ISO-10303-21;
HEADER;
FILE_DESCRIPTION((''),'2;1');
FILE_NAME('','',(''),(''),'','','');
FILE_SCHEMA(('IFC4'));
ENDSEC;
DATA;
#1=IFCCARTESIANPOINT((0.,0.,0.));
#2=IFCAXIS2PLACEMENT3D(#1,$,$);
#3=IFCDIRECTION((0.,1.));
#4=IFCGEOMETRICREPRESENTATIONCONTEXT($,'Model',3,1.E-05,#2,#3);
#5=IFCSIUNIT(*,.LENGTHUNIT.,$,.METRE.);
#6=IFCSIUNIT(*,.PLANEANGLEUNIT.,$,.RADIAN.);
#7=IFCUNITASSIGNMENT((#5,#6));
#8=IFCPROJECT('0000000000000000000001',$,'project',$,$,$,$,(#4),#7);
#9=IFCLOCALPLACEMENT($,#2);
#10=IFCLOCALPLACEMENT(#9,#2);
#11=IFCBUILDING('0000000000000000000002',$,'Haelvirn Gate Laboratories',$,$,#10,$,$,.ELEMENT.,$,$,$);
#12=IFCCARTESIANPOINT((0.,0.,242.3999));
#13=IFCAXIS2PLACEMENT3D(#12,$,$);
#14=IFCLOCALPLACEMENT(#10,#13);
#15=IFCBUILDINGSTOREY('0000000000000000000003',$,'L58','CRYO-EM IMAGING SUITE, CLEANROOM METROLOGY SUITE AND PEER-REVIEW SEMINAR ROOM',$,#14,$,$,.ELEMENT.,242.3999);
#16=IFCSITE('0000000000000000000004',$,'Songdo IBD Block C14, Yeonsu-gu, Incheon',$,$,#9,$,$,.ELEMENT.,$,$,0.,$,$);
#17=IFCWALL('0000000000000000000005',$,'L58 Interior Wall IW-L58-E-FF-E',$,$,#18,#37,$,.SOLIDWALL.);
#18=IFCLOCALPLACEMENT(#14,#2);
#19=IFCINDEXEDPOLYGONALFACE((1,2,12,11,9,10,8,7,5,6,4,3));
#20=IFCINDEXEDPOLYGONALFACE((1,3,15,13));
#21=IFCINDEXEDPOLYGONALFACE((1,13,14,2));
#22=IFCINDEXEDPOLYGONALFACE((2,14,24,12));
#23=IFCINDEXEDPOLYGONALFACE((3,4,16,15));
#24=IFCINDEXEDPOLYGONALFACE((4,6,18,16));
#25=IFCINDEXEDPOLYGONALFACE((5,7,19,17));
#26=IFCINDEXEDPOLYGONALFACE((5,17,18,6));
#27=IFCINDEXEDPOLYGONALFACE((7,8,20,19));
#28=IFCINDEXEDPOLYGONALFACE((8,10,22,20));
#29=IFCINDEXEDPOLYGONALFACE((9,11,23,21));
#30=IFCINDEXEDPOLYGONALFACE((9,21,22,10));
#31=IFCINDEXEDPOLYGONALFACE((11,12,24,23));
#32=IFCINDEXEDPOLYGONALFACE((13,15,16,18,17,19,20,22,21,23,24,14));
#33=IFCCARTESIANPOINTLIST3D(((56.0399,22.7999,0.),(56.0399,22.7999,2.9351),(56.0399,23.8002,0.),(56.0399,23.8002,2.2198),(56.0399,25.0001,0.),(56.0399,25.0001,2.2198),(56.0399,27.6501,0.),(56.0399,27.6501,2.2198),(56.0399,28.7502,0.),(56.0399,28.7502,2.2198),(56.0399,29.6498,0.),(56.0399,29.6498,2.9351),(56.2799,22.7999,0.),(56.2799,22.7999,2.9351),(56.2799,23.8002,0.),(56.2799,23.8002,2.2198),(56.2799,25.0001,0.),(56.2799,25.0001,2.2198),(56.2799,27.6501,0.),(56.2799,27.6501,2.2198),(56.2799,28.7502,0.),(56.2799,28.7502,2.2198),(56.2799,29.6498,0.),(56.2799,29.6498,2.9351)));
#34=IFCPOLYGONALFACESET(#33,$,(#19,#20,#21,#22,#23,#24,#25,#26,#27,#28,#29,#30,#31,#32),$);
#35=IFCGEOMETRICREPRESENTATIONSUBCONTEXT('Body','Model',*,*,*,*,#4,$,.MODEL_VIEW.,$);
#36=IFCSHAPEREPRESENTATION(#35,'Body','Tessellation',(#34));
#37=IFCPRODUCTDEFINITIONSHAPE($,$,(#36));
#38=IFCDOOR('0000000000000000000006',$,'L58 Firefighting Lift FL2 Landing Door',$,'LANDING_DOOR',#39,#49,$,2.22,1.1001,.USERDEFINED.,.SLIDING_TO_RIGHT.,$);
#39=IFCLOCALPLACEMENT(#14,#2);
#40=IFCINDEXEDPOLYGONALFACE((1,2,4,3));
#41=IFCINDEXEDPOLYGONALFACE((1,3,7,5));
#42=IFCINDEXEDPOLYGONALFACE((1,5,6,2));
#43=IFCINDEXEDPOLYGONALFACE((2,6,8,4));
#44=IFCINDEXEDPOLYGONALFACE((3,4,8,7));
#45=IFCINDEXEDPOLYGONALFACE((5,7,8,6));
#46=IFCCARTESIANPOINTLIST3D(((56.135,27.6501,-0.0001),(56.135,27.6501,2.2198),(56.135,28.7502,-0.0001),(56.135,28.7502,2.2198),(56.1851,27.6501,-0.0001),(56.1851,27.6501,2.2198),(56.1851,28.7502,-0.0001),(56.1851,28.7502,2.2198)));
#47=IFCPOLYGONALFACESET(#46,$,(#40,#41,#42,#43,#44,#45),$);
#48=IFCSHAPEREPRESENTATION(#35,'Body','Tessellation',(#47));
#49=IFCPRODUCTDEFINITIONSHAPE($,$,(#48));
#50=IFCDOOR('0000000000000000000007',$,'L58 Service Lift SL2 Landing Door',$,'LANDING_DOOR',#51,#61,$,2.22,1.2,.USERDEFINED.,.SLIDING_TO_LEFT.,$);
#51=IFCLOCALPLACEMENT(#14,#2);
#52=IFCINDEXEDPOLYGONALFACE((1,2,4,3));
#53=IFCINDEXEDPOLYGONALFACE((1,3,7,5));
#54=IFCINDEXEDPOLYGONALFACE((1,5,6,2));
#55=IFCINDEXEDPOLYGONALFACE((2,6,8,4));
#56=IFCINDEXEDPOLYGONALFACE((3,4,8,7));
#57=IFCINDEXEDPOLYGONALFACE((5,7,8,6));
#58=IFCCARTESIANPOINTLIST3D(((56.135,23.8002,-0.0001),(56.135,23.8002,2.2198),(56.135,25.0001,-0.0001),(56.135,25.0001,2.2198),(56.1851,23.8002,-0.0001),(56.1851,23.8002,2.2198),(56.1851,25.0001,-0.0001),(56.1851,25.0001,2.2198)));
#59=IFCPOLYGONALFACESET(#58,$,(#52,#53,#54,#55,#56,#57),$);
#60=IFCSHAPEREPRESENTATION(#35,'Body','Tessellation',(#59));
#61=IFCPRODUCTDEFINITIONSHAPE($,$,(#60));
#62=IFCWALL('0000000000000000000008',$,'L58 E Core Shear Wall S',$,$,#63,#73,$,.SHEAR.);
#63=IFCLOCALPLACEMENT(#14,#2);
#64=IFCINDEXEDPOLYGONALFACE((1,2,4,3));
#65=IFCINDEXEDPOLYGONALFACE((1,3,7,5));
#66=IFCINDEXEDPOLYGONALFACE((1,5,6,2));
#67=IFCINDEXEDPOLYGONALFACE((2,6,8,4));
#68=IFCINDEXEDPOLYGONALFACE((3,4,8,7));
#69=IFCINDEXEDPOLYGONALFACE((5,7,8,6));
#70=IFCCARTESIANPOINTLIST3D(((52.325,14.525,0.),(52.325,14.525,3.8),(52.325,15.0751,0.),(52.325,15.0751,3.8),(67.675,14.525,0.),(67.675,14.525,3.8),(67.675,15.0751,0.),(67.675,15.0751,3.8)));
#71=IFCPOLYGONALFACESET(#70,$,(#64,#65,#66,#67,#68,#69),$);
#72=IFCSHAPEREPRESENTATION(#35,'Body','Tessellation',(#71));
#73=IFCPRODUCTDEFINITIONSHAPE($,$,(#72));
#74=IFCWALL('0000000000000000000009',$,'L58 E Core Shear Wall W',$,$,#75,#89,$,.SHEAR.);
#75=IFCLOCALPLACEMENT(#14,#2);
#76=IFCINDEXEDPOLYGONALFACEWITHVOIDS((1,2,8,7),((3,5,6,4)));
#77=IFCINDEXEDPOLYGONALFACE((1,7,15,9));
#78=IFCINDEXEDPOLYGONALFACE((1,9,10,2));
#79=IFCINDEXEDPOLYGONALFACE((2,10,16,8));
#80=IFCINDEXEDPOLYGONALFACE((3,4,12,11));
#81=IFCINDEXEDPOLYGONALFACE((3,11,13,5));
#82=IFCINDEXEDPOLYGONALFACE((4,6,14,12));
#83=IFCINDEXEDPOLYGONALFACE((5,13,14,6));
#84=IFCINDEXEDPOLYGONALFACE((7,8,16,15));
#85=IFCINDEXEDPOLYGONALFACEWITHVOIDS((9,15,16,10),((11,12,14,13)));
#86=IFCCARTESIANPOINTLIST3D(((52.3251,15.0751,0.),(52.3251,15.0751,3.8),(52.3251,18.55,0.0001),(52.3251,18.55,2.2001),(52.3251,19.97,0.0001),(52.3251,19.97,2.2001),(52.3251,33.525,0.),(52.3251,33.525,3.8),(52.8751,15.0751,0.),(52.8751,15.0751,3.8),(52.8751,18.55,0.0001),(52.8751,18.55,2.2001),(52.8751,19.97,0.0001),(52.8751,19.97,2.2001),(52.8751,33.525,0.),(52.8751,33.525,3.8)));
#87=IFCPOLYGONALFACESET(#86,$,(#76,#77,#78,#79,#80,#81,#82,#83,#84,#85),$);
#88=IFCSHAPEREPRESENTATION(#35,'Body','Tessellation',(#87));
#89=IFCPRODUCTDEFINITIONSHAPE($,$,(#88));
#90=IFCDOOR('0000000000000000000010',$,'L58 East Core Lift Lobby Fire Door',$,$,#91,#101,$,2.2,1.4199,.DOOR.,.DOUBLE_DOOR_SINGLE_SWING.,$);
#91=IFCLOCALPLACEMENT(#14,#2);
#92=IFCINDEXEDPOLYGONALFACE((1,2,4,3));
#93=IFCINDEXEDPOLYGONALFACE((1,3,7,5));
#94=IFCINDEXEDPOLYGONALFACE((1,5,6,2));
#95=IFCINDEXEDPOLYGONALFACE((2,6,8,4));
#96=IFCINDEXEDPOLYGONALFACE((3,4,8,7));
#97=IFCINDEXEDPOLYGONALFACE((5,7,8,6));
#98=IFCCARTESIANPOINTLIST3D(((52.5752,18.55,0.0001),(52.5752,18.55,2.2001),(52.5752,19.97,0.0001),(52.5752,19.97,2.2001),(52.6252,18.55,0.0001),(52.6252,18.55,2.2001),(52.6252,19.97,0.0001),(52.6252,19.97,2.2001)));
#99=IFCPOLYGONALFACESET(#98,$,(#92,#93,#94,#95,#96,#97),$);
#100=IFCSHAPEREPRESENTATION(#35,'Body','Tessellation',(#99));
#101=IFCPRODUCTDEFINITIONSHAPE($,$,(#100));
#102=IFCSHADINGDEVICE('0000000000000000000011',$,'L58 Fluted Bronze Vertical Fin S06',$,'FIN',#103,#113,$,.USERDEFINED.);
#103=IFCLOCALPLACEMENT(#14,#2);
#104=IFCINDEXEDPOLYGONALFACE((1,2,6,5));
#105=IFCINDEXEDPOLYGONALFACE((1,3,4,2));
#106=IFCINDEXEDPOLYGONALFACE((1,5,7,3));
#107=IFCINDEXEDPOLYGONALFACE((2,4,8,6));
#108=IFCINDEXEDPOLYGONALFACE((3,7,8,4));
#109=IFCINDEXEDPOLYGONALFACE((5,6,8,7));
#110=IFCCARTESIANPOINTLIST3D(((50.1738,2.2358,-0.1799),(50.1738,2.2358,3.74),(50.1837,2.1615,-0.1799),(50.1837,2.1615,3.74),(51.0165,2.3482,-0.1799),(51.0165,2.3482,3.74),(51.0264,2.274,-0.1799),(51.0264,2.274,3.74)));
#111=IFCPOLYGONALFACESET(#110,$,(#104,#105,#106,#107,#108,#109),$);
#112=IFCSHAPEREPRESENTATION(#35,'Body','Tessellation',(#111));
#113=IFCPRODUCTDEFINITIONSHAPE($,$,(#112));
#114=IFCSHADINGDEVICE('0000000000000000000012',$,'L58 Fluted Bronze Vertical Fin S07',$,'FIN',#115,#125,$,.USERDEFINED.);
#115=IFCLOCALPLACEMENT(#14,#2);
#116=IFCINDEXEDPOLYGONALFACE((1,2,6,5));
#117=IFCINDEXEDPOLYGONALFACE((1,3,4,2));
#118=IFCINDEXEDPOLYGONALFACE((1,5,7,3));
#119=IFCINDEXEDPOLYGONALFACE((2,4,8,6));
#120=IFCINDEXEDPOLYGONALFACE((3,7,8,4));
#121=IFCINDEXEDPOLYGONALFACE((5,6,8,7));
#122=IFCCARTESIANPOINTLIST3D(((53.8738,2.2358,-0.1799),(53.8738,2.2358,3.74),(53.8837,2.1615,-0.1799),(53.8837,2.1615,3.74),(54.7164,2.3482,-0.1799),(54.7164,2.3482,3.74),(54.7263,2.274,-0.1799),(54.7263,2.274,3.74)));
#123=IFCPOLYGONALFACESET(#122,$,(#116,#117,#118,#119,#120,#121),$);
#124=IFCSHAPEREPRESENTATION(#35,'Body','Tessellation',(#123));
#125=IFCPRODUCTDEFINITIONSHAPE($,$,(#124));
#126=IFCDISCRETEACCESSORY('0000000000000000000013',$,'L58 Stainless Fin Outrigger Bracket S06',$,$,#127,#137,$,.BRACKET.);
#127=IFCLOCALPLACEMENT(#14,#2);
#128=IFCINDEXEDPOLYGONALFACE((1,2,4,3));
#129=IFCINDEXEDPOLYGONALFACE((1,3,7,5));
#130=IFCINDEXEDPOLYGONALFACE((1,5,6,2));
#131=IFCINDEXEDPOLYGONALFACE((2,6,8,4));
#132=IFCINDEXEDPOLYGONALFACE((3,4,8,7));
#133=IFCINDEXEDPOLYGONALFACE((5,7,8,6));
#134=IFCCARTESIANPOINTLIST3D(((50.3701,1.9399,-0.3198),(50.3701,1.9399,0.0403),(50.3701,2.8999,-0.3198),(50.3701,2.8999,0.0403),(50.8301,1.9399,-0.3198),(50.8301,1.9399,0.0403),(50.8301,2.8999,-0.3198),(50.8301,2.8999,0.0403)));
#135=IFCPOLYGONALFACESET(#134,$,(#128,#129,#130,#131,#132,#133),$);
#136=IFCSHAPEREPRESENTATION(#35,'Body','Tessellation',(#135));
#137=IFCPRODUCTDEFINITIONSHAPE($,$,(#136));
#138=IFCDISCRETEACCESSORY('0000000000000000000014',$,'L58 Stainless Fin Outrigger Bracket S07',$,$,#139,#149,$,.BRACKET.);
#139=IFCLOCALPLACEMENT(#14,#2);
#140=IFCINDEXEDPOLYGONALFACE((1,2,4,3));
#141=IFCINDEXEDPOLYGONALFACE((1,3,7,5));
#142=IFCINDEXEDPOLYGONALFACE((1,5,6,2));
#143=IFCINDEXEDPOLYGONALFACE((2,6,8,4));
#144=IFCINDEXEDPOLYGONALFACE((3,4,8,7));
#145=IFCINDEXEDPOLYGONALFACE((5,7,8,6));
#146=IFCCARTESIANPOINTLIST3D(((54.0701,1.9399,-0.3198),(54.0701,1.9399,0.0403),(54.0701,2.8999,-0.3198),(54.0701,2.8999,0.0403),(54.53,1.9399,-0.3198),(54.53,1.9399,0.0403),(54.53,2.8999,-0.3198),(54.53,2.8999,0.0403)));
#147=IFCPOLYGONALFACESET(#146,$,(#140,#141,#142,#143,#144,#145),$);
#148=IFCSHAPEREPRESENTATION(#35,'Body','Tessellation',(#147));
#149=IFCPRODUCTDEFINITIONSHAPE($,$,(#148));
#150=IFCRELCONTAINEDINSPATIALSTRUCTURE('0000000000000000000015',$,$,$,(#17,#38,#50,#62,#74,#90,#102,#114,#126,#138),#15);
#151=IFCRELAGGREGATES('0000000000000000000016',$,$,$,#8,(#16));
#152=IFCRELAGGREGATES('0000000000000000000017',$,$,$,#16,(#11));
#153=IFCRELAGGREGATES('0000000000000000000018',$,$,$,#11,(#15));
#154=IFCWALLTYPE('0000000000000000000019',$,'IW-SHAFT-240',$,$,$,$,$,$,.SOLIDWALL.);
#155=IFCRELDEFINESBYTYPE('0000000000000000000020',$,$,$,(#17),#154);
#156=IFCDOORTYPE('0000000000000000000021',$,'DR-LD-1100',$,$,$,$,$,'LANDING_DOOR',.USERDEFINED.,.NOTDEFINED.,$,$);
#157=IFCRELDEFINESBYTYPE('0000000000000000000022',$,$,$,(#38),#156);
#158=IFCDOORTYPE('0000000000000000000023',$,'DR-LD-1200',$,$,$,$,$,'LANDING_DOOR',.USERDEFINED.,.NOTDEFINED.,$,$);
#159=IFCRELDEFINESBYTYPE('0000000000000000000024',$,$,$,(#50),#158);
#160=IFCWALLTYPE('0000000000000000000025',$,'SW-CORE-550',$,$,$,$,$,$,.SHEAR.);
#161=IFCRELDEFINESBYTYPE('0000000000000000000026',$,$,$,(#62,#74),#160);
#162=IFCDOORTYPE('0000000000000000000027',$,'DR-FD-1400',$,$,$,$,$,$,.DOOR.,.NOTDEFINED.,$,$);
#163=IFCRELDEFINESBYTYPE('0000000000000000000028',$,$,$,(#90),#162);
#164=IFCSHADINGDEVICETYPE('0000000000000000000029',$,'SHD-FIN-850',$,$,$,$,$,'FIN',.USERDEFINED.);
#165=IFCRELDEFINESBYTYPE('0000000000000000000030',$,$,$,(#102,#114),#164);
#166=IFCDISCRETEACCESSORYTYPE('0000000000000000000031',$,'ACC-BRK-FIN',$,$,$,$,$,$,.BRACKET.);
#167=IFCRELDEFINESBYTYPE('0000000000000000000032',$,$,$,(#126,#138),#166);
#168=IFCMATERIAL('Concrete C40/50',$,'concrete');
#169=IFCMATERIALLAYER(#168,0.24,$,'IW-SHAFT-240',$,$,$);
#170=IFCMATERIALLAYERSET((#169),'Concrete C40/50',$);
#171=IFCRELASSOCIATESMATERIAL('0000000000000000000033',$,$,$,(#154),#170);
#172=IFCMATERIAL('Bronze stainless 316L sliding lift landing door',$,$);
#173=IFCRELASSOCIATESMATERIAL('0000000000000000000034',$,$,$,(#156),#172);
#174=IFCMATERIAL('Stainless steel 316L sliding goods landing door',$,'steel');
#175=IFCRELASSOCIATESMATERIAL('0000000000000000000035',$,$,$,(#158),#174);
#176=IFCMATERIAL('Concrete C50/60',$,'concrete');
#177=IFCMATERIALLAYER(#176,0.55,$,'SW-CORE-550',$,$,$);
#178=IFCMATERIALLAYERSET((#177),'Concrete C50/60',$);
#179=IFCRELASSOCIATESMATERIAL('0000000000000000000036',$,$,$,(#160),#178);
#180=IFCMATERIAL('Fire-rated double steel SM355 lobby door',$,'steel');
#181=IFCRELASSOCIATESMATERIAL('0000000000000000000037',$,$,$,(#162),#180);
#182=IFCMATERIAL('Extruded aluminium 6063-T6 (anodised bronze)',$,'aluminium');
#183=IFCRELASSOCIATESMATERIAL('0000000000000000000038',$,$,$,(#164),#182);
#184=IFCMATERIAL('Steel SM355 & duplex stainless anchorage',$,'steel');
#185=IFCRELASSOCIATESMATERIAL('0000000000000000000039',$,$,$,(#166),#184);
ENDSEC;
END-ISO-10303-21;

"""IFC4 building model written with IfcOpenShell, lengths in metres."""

from ifc_helpers import new_model, si_unit, direction, frame, frame_2d, origin, origin_2d, place, context, subcontext, project, spatial, rectangle, extrude, source, transform, mapped, material, layer, layer_set, material_profile, profile_set, type_object, type_shapes, element, fill, save


model = new_model("IFC4")

# Units and contexts
model_context = context("Model", 3, precision=1e-05, world=origin(), true_north=direction((0.0, 1.0)))
body_context = subcontext(model_context, "Body", "Model", "MODEL_VIEW")
ifc_project = project(units=[si_unit("LENGTHUNIT", "METRE"), si_unit("PLANEANGLEUNIT", "RADIAN")], contexts=[model_context])

# Site, building, storey
site_placement = place(None, origin())
site = spatial("IfcSite", under=ifc_project, at=site_placement, Name="Songdo IBD Block C14, Yeonsu-gu, Incheon", CompositionType="ELEMENT", RefElevation=0.0)
building_placement = place(site_placement, origin())
building = spatial("IfcBuilding", under=site, at=building_placement, Name="Haelvirn Gate Laboratories", CompositionType="ELEMENT")
storey_placement = place(building_placement, frame((0.0, 0.0, 242.3999)))
storey = spatial("IfcBuildingStorey", under=building, at=storey_placement, Name="L58", Description="CRYO-EM IMAGING SUITE, CLEANROOM METROLOGY SUITE AND PEER-REVIEW SEMINAR ROOM", CompositionType="ELEMENT", Elevation=242.3999)

# Shared definitions
ifc_material_1 = material(Name="Extruded aluminium 6063-T6 (anodised bronze)", Category="aluminium")

# Shared definitions
ifc_material_2 = material(Name="Concrete C40/50", Category="concrete")

# Wall, openings, doors
ifc_layer_1 = layer(ifc_material_2, 0.24, Name="IW-SHAFT-240")
ifc_layer_set_1 = layer_set([ifc_layer_1], Name="Concrete C40/50")
wall_type_1 = type_object("IfcWallType", Name="IW-SHAFT-240", PredefinedType="SOLIDWALL", material=ifc_layer_set_1)
wall_1_placement = place(storey_placement, frame((56.1599, 22.8, 0.0), z_axis=(0.0, 0.0, 1.0), x_axis=(0.0, 1.0, 0.0)))
wall_1 = element("IfcWall", 1, at=wall_1_placement, inside=storey, type_object=wall_type_1, Name="L58 Interior Wall IW-L58-E-FF-E", PredefinedType="SOLIDWALL", context=body_context, shape_type="SweptSolid", body=[
    extrude(rectangle(XDim=6.8499, YDim=0.24, at=frame_2d((3.4248, 0.0))), origin(), (0.0, 0.0, 1.0), 2.9351),
])
opening_1_placement = place(wall_1_placement, frame((4.8501, 0.0, 0.0)))
opening_1 = element("IfcOpeningElement", 2, at=opening_1_placement, cuts=wall_1, PredefinedType="OPENING", context=body_context, shape_type="SweptSolid", body=[
    extrude(rectangle(XDim=1.1001, YDim=2.22, at=frame_2d((0.55, 1.1099))), frame((0.0, 0.1299, 0.0), z_axis=(0.0, -1.0, 0.0), x_axis=(1.0, 0.0, 0.0)), (0.0, 0.0, 1.0), 0.26),
])
opening_2_placement = place(wall_1_placement, frame((1.0, 0.0, 0.0)))
opening_2 = element("IfcOpeningElement", 3, at=opening_2_placement, cuts=wall_1, PredefinedType="OPENING", context=body_context, shape_type="SweptSolid", body=[
    extrude(rectangle(XDim=1.2, YDim=2.22, at=frame_2d((0.6001, 1.1099))), frame((0.0, 0.1299, 0.0), z_axis=(0.0, -1.0, 0.0), x_axis=(1.0, 0.0, 0.0)), (0.0, 0.0, 1.0), 0.26),
])
ifc_material_3 = material(Name="Bronze stainless 316L sliding lift landing door")
door_type_1 = type_object("IfcDoorType", Name="DR-LD-1100", ElementType="LANDING_DOOR", OperationType="NOTDEFINED", PredefinedType="USERDEFINED", material=ifc_material_3)
shared_shape_1 = source(origin(), body_context, "Body", "SweptSolid", [
    extrude(rectangle(XDim=1.1001, YDim=2.22, at=frame_2d((0.55, 1.1099))), frame((0.0, 0.0249, 0.0), z_axis=(0.0, -1.0, 0.0), x_axis=(1.0, 0.0, 0.0)), (0.0, 0.0, 1.0), 0.05),
])
type_shapes(door_type_1, [shared_shape_1])
door_1_placement = place(opening_1_placement, origin())
door_1 = element("IfcDoor", 4, at=door_1_placement, inside=storey, type_object=door_type_1, Name="L58 Firefighting Lift FL2 Landing Door", ObjectType="LANDING_DOOR", OperationType="SLIDING_TO_RIGHT", OverallHeight=2.22, OverallWidth=1.1001, PredefinedType="USERDEFINED", context=body_context, shape_type="MappedRepresentation", body=[
    mapped(shared_shape_1, transform((0.0, 0.0, 0.0), scale=1.0)),
])
fill(opening_1, door_1)
ifc_material_4 = material(Name="Stainless steel 316L sliding goods landing door", Category="steel")
door_type_2 = type_object("IfcDoorType", Name="DR-LD-1200", ElementType="LANDING_DOOR", OperationType="NOTDEFINED", PredefinedType="USERDEFINED", material=ifc_material_4)
shared_shape_2 = source(origin(), body_context, "Body", "SweptSolid", [
    extrude(rectangle(XDim=1.2, YDim=2.22, at=frame_2d((0.6001, 1.1099))), frame((0.0, 0.0249, 0.0), z_axis=(0.0, -1.0, 0.0), x_axis=(1.0, 0.0, 0.0)), (0.0, 0.0, 1.0), 0.05),
])
type_shapes(door_type_2, [shared_shape_2])
door_2_placement = place(opening_2_placement, origin())
door_2 = element("IfcDoor", 5, at=door_2_placement, inside=storey, type_object=door_type_2, Name="L58 Service Lift SL2 Landing Door", ObjectType="LANDING_DOOR", OperationType="SLIDING_TO_LEFT", OverallHeight=2.22, OverallWidth=1.2, PredefinedType="USERDEFINED", context=body_context, shape_type="MappedRepresentation", body=[
    mapped(shared_shape_2, transform((0.0, 0.0, 0.0), scale=1.0)),
])
fill(opening_2, door_2)

# Wall
ifc_material_5 = material(Name="Concrete C50/60", Category="concrete")
ifc_layer_2 = layer(ifc_material_5, 0.55, Name="SW-CORE-550")
ifc_layer_set_2 = layer_set([ifc_layer_2], Name="Concrete C50/60")
wall_type_2 = type_object("IfcWallType", Name="SW-CORE-550", PredefinedType="SHEAR", material=ifc_layer_set_2)
wall_2_placement = place(storey_placement, frame((52.325, 14.8, 0.0), z_axis=(0.0, 0.0, 1.0), x_axis=(1.0, 0.0, 0.0)))
element("IfcWall", 6, at=wall_2_placement, inside=storey, type_object=wall_type_2, Name="L58 E Core Shear Wall S", PredefinedType="SHEAR", context=body_context, shape_type="SweptSolid", body=[
    extrude(rectangle(XDim=15.3501, YDim=0.55, at=frame_2d((7.675, 0.0))), origin(), (0.0, 0.0, 1.0), 3.8),
])

# Wall, opening, door
wall_3_placement = place(storey_placement, frame((52.6001, 15.075, 0.0), z_axis=(0.0, 0.0, 1.0), x_axis=(0.0, 1.0, 0.0)))
wall_3 = element("IfcWall", 7, at=wall_3_placement, inside=storey, type_object=wall_type_2, Name="L58 E Core Shear Wall W", PredefinedType="SHEAR", context=body_context, shape_type="SweptSolid", body=[
    extrude(rectangle(XDim=18.45, YDim=0.55, at=frame_2d((9.2251, 0.0))), origin(), (0.0, 0.0, 1.0), 3.8),
])
opening_3_placement = place(wall_3_placement, frame((3.4751, 0.0, 0.0)))
opening_3 = element("IfcOpeningElement", 8, at=opening_3_placement, cuts=wall_3, PredefinedType="OPENING", context=body_context, shape_type="SweptSolid", body=[
    extrude(rectangle(XDim=1.4199, YDim=2.2, at=frame_2d((0.71, 1.1001))), frame((0.0, 0.2852, 0.0), z_axis=(0.0, -1.0, 0.0), x_axis=(1.0, 0.0, 0.0)), (0.0, 0.0, 1.0), 0.5701),
])
ifc_material_6 = material(Name="Fire-rated double steel SM355 lobby door", Category="steel")
door_type_3 = type_object("IfcDoorType", Name="DR-FD-1400", OperationType="NOTDEFINED", PredefinedType="DOOR", material=ifc_material_6)
shared_shape_3 = source(origin(), body_context, "Body", "SweptSolid", [
    extrude(rectangle(XDim=1.4199, YDim=2.2, at=frame_2d((0.71, 1.1001))), frame((0.0, 0.0249, 0.0), z_axis=(0.0, -1.0, 0.0), x_axis=(1.0, 0.0, 0.0)), (0.0, 0.0, 1.0), 0.05),
])
type_shapes(door_type_3, [shared_shape_3])
door_3_placement = place(opening_3_placement, origin())
door_3 = element("IfcDoor", 9, at=door_3_placement, inside=storey, type_object=door_type_3, Name="L58 East Core Lift Lobby Fire Door", OperationType="DOUBLE_DOOR_SINGLE_SWING", OverallHeight=2.2, OverallWidth=1.4199, PredefinedType="DOOR", context=body_context, shape_type="MappedRepresentation", body=[
    mapped(shared_shape_3, transform((0.0, 0.0, 0.0), scale=1.0)),
])
fill(opening_3, door_3)

# Shading devices
ifc_material_profile_1 = material_profile(ifc_material_1, rectangle(XDim=0.075, YDim=0.8501, at=origin_2d()), Name="FIN-850x75")
ifc_profile_set_1 = profile_set([ifc_material_profile_1], Name="Extruded aluminium 6063-T6 (anodised bronze)")
shading_device_type = type_object("IfcShadingDeviceType", Name="SHD-FIN-850", ElementType="FIN", PredefinedType="USERDEFINED", material=ifc_profile_set_1)
shared_shape_4 = source(origin(), body_context, "Body", "SweptSolid", [
    extrude(rectangle(XDim=0.075, YDim=0.8501, at=origin_2d()), origin(), (0.0, 0.0, 1.0), 3.9199),
])
type_shapes(shading_device_type, [shared_shape_4])
for number, where, z_axis, x_axis, name in (
    (10, (50.6001, 2.2549, -0.1799), (0.0, 0.0, 1.0), (-0.132256, 0.991216, 0.0), "L58 Fluted Bronze Vertical Fin S06"),
    (11, (54.3, 2.2549, -0.1799), (0.0, 0.0, 1.0), (-0.132256, 0.991216, 0.0), "L58 Fluted Bronze Vertical Fin S07"),
):
    element("IfcShadingDevice", number, at=place(storey_placement, frame(where, z_axis=z_axis, x_axis=x_axis)), inside=storey, type_object=shading_device_type, Name=name, ObjectType="FIN", PredefinedType="USERDEFINED", context=body_context, shape_type="MappedRepresentation", body=[
        mapped(shared_shape_4, transform((0.0, 0.0, 0.0), scale=1.0)),
    ])

# Discrete accessories
ifc_material_7 = material(Name="Steel SM355 & duplex stainless anchorage", Category="steel")
discrete_accessory_type = type_object("IfcDiscreteAccessoryType", Name="ACC-BRK-FIN", PredefinedType="BRACKET", material=ifc_material_7)
shared_shape_5 = source(origin(), body_context, "Body", "SweptSolid", [
    extrude(rectangle(XDim=0.46, YDim=0.96, at=origin_2d()), origin(), (0.0, 0.0, 1.0), 0.3601),
])
type_shapes(discrete_accessory_type, [shared_shape_5])
for number, where, z_axis, x_axis, name in (
    (12, (50.6001, 2.4199, -0.3198), (0.0, 0.0, 1.0), (1.0, 0.0, 0.0), "L58 Stainless Fin Outrigger Bracket S06"),
    (13, (54.3, 2.4199, -0.3198), (0.0, 0.0, 1.0), (1.0, 0.0, 0.0), "L58 Stainless Fin Outrigger Bracket S07"),
):
    element("IfcDiscreteAccessory", number, at=place(storey_placement, frame(where, z_axis=z_axis, x_axis=x_axis)), inside=storey, type_object=discrete_accessory_type, Name=name, PredefinedType="BRACKET", context=body_context, shape_type="MappedRepresentation", body=[
        mapped(shared_shape_5, transform((0.0, 0.0, 0.0), scale=1.0)),
    ])

save(model, "model.ifc")
